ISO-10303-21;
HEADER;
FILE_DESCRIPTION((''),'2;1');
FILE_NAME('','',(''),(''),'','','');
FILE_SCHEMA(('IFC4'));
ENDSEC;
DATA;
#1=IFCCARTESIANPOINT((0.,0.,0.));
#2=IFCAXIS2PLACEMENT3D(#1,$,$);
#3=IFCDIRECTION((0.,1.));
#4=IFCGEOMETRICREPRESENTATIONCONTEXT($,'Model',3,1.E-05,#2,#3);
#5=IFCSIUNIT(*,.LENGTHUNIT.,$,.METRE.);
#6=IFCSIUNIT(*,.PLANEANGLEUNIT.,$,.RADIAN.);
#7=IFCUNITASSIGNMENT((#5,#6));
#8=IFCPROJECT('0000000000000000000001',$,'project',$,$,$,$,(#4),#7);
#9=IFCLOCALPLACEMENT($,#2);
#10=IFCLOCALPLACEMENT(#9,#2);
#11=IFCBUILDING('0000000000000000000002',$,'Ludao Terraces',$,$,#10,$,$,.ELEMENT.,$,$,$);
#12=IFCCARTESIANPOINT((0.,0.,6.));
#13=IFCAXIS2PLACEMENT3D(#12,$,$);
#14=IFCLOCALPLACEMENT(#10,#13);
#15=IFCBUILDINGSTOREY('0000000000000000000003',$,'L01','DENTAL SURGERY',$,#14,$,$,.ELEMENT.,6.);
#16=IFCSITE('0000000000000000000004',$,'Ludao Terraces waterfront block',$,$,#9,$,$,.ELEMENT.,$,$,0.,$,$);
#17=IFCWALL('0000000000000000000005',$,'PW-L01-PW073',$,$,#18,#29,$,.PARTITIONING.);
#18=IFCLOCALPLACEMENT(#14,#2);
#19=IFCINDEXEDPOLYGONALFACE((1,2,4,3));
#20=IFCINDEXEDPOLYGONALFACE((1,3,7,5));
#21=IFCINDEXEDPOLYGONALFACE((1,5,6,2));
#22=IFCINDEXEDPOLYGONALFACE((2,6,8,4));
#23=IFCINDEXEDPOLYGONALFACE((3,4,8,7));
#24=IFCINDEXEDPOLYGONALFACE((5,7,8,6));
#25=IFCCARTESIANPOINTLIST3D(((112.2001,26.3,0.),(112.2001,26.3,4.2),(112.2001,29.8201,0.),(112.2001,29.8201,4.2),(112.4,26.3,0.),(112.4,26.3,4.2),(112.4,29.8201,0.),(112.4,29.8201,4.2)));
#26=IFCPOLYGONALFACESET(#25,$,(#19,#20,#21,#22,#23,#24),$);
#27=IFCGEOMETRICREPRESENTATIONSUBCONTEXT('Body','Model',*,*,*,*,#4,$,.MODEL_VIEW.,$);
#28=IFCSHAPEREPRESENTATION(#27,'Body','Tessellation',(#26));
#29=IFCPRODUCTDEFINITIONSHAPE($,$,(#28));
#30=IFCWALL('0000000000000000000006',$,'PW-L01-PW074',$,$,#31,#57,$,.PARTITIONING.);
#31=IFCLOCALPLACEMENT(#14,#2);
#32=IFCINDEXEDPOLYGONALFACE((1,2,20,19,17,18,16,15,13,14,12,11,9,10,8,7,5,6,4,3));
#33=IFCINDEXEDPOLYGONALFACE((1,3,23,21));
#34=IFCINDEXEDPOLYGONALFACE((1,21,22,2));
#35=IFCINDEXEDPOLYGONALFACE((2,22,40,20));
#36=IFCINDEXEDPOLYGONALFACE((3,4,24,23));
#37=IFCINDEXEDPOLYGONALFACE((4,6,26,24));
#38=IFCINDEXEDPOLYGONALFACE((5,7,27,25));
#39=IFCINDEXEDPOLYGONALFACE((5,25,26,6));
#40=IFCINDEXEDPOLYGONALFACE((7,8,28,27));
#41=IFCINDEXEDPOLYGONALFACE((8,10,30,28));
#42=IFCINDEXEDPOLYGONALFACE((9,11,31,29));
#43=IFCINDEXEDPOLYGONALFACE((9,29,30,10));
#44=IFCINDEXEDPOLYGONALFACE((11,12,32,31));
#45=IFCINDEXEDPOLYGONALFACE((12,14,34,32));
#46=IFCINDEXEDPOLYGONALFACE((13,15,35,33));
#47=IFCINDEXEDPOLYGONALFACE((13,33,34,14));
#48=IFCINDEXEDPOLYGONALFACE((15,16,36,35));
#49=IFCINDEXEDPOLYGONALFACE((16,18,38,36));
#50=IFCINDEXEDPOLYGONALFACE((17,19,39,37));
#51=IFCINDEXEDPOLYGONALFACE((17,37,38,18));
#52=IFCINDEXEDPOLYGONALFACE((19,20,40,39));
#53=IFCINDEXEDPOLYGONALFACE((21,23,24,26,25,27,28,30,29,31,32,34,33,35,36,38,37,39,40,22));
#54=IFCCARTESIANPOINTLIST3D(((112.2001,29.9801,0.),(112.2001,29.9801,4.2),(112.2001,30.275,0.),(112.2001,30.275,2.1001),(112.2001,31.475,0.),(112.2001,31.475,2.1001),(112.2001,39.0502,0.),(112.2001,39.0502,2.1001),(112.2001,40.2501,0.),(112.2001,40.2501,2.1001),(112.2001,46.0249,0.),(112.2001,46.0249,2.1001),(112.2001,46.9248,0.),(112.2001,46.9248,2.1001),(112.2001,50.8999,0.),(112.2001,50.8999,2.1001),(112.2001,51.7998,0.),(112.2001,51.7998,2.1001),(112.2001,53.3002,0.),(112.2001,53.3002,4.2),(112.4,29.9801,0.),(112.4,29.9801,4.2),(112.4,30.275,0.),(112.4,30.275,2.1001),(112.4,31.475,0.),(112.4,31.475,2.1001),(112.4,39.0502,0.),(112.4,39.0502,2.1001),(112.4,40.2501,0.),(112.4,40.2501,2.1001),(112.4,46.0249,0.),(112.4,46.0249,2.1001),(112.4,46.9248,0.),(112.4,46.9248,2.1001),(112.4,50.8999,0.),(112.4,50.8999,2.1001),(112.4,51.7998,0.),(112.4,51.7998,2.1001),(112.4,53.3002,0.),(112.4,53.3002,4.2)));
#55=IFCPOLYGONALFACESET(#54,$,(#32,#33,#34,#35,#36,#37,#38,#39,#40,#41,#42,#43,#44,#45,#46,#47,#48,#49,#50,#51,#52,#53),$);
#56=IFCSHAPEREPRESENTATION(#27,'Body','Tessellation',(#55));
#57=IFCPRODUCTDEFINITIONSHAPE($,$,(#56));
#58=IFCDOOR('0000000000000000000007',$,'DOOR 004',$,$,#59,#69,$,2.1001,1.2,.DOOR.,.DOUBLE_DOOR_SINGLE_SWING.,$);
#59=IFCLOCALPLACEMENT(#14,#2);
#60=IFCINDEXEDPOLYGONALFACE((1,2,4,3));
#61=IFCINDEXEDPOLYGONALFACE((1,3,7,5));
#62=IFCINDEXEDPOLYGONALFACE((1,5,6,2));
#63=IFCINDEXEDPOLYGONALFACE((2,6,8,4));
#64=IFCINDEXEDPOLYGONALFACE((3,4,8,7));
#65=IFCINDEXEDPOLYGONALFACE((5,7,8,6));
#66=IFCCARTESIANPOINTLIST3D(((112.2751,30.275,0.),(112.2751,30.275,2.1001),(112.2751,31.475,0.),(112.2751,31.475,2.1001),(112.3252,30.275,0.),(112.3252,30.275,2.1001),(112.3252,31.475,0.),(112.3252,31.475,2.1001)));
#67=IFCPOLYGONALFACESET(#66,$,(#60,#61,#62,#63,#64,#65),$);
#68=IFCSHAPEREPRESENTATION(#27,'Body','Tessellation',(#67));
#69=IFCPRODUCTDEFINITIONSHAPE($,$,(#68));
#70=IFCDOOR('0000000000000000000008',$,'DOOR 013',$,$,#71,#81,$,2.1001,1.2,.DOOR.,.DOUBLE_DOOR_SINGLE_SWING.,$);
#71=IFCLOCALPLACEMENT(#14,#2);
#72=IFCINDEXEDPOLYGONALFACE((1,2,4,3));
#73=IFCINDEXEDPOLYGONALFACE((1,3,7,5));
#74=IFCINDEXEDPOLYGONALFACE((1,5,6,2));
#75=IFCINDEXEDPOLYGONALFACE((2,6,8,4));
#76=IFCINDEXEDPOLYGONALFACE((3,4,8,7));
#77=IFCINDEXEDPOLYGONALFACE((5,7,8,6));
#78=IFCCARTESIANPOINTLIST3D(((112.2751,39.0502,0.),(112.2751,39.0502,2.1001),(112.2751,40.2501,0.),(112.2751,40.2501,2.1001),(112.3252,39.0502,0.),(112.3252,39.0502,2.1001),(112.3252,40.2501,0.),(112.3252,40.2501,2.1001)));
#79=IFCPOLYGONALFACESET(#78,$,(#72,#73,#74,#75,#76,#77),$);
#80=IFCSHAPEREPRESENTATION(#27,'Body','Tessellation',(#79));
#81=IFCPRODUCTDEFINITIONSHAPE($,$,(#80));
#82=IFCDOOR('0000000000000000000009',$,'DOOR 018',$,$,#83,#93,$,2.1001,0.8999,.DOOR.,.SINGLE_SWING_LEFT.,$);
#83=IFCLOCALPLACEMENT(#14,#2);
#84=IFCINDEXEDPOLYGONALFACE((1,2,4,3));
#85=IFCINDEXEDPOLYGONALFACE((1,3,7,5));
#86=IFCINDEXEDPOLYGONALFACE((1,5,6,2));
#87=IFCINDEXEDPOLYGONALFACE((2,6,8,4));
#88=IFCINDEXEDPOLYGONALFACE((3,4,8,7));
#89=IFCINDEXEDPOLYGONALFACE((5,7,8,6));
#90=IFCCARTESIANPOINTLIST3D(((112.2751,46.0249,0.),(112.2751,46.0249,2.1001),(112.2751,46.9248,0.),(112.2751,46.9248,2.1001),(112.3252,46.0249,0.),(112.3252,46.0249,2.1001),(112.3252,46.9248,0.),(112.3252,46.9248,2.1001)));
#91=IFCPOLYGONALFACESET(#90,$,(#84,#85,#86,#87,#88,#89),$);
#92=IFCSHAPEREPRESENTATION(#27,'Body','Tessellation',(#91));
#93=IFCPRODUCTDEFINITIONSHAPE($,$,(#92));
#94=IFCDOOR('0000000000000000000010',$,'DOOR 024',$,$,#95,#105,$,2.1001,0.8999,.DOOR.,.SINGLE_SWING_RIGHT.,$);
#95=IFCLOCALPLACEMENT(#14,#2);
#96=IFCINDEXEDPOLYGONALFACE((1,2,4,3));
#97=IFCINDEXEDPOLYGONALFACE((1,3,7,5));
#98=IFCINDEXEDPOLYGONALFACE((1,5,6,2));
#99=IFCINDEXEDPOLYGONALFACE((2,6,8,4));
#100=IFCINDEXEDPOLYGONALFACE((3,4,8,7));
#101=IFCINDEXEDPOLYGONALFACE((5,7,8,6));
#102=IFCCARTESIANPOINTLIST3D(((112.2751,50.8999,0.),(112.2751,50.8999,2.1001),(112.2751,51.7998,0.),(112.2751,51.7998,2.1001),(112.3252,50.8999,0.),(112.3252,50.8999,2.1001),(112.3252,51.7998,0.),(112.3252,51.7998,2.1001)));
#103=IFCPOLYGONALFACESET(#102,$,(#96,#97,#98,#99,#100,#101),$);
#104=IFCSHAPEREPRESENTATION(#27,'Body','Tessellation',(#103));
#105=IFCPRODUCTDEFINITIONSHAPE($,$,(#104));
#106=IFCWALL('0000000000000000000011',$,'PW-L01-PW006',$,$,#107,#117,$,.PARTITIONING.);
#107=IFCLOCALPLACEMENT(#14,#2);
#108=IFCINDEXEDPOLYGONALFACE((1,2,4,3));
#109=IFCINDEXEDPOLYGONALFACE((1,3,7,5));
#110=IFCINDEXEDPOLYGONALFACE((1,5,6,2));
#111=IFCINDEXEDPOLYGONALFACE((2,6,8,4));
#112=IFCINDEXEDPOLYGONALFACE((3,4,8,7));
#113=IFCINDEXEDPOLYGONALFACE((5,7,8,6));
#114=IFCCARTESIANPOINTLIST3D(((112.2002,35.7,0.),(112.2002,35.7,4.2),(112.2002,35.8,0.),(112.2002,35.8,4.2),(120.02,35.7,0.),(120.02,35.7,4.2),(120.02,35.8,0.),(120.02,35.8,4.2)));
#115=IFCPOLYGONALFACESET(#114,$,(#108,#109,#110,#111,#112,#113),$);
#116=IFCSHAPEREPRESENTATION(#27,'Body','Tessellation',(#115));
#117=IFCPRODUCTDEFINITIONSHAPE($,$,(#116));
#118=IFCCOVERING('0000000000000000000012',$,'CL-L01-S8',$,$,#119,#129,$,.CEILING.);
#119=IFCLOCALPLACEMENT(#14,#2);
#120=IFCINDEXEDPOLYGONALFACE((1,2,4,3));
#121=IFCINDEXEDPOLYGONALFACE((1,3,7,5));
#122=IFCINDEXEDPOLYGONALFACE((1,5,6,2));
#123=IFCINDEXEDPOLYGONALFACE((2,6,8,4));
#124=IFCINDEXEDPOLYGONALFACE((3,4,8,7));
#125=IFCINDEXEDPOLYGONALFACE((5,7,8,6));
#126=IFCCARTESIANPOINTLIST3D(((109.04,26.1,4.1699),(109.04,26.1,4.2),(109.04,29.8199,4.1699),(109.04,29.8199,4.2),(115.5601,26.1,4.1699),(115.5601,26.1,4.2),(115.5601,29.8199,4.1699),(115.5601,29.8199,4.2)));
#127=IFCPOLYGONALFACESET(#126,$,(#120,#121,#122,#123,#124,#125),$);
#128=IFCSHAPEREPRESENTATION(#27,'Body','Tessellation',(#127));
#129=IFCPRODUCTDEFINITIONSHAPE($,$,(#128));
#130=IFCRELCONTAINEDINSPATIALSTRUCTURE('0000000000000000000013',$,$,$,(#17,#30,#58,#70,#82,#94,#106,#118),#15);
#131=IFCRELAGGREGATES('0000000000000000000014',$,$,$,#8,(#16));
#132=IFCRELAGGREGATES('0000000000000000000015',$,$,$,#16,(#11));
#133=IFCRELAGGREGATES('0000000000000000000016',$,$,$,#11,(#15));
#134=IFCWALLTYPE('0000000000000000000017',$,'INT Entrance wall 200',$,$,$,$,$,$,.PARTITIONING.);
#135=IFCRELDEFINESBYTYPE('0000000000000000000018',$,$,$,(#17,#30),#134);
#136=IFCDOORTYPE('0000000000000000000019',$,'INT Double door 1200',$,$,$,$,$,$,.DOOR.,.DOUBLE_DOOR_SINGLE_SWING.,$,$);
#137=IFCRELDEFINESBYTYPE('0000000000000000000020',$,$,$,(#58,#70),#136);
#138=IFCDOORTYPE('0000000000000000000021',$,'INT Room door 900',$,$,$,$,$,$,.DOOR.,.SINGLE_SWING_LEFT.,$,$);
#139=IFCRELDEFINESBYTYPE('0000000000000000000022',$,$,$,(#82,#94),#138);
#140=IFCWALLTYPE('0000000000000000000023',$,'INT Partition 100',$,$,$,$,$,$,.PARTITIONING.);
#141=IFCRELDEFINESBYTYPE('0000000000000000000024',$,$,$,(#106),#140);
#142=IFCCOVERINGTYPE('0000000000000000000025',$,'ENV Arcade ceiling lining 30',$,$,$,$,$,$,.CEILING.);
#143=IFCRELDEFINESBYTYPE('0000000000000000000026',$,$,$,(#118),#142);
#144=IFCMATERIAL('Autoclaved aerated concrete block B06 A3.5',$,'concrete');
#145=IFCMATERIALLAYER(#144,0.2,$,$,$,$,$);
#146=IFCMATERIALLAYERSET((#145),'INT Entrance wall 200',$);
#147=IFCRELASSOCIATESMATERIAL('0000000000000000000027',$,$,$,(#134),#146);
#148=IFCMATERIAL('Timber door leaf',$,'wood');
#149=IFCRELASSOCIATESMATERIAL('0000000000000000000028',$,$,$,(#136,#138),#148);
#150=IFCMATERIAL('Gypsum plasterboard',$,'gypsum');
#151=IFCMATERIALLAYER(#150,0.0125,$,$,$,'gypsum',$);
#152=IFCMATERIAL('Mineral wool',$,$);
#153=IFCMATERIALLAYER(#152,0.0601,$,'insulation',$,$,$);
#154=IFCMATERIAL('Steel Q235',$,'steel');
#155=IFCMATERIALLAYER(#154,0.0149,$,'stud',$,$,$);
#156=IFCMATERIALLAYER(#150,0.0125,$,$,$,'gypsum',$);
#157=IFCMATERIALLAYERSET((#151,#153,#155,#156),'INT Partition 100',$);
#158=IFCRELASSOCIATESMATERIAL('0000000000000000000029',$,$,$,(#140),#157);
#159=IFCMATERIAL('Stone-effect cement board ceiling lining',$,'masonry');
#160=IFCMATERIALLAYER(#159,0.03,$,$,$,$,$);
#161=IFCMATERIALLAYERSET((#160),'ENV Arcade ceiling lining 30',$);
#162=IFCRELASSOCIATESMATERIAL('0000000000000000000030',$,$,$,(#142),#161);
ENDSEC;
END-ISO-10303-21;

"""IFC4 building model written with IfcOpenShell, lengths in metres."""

from ifc_helpers import new_model, si_unit, direction, frame, frame_2d, origin, origin_2d, place, context, subcontext, project, spatial, rectangle, extrude, material, layer, layer_set, type_object, element, fill, save


model = new_model("IFC4")

# Units and contexts
model_context = context("Model", 3, precision=1e-05, world=origin(), true_north=direction((0.0, 1.0)))
body_context = subcontext(model_context, "Body", "Model", "MODEL_VIEW")
ifc_project = project(units=[si_unit("LENGTHUNIT", "METRE"), si_unit("PLANEANGLEUNIT", "RADIAN")], contexts=[model_context])

# Site, building, storey
site_placement = place(None, origin())
site = spatial("IfcSite", under=ifc_project, at=site_placement, Name="Ludao Terraces waterfront block", CompositionType="ELEMENT", RefElevation=0.0)
building_placement = place(site_placement, origin())
building = spatial("IfcBuilding", under=site, at=building_placement, Name="Ludao Terraces", CompositionType="ELEMENT")
storey_placement = place(building_placement, frame((0.0, 0.0, 6.0)))
storey = spatial("IfcBuildingStorey", under=building, at=storey_placement, Name="L01", Description="DENTAL SURGERY", CompositionType="ELEMENT", Elevation=6.0)

# Shared definitions
ifc_material_1 = material(Name="Autoclaved aerated concrete block B06 A3.5", Category="concrete")
ifc_layer_1 = layer(ifc_material_1, 0.2)
ifc_layer_set_1 = layer_set([ifc_layer_1], Name="INT Entrance wall 200")
wall_type_1 = type_object("IfcWallType", Name="INT Entrance wall 200", PredefinedType="PARTITIONING", material=ifc_layer_set_1)
ifc_material_2 = material(Name="Timber door leaf", Category="wood")
door_type_1 = type_object("IfcDoorType", Name="INT Double door 1200", OperationType="DOUBLE_DOOR_SINGLE_SWING", PredefinedType="DOOR", material=ifc_material_2)
door_type_2 = type_object("IfcDoorType", Name="INT Room door 900", OperationType="SINGLE_SWING_LEFT", PredefinedType="DOOR", material=ifc_material_2)

# Wall
wall_1_placement = place(storey_placement, frame((112.3, 26.3, 0.0), z_axis=(0.0, 0.0, 1.0), x_axis=(0.0, 1.0, 0.0)))
element("IfcWall", 1, at=wall_1_placement, inside=storey, type_object=wall_type_1, Name="PW-L01-PW073", PredefinedType="PARTITIONING", context=body_context, shape_type="SweptSolid", body=[
    extrude(rectangle(XDim=3.52, YDim=0.2, at=frame_2d((1.76, 0.0))), origin(), (0.0, 0.0, 1.0), 4.2),
])

# Wall, openings, doors
wall_2_placement = place(storey_placement, frame((112.3, 29.98, 0.0), z_axis=(0.0, 0.0, 1.0), x_axis=(0.0, 1.0, 0.0)))
wall_2 = element("IfcWall", 2, at=wall_2_placement, inside=storey, type_object=wall_type_1, Name="PW-L01-PW074", PredefinedType="PARTITIONING", context=body_context, shape_type="SweptSolid", body=[
    extrude(rectangle(XDim=23.3201, YDim=0.2, at=frame_2d((11.6602, 0.0))), origin(), (0.0, 0.0, 1.0), 4.2),
])
opening_1_placement = place(wall_2_placement, frame((0.2949, 0.0, 0.0)))
opening_1 = element("IfcOpeningElement", 3, at=opening_1_placement, cuts=wall_2, PredefinedType="OPENING", context=body_context, shape_type="SweptSolid", body=[
    extrude(rectangle(XDim=1.2, YDim=2.1001, at=frame_2d((0.6001, 1.05))), frame((0.0, 0.1099, 0.0), z_axis=(0.0, -1.0, 0.0), x_axis=(1.0, 0.0, 0.0)), (0.0, 0.0, 1.0), 0.22),
])
opening_2_placement = place(wall_2_placement, frame((9.0701, 0.0, 0.0)))
opening_2 = element("IfcOpeningElement", 4, at=opening_2_placement, cuts=wall_2, PredefinedType="OPENING", context=body_context, shape_type="SweptSolid", body=[
    extrude(rectangle(XDim=1.2, YDim=2.1001, at=frame_2d((0.6001, 1.05))), frame((0.0, 0.1099, 0.0), z_axis=(0.0, -1.0, 0.0), x_axis=(1.0, 0.0, 0.0)), (0.0, 0.0, 1.0), 0.22),
])
opening_3_placement = place(wall_2_placement, frame((16.0449, 0.0, 0.0)))
opening_3 = element("IfcOpeningElement", 5, at=opening_3_placement, cuts=wall_2, PredefinedType="OPENING", context=body_context, shape_type="SweptSolid", body=[
    extrude(rectangle(XDim=0.8999, YDim=2.1001, at=frame_2d((0.45, 1.05))), frame((0.0, 0.1099, 0.0), z_axis=(0.0, -1.0, 0.0), x_axis=(1.0, 0.0, 0.0)), (0.0, 0.0, 1.0), 0.22),
])
opening_4_placement = place(wall_2_placement, frame((20.9199, 0.0, 0.0)))
opening_4 = element("IfcOpeningElement", 6, at=opening_4_placement, cuts=wall_2, PredefinedType="OPENING", context=body_context, shape_type="SweptSolid", body=[
    extrude(rectangle(XDim=0.8999, YDim=2.1001, at=frame_2d((0.45, 1.05))), frame((0.0, 0.1099, 0.0), z_axis=(0.0, -1.0, 0.0), x_axis=(1.0, 0.0, 0.0)), (0.0, 0.0, 1.0), 0.22),
])
door_1_placement = place(opening_1_placement, origin())
door_1 = element("IfcDoor", 7, at=door_1_placement, inside=storey, type_object=door_type_1, Name="DOOR 004", OperationType="DOUBLE_DOOR_SINGLE_SWING", OverallHeight=2.1001, OverallWidth=1.2, PredefinedType="DOOR", context=body_context, shape_type="SweptSolid", body=[
    extrude(rectangle(XDim=1.2, YDim=2.1001, at=frame_2d((0.6001, 1.05))), frame((0.0, 0.0249, 0.0), z_axis=(0.0, -1.0, 0.0), x_axis=(1.0, 0.0, 0.0)), (0.0, 0.0, 1.0), 0.05),
])
fill(opening_1, door_1)
door_2_placement = place(opening_2_placement, origin())
door_2 = element("IfcDoor", 8, at=door_2_placement, inside=storey, type_object=door_type_1, Name="DOOR 013", OperationType="DOUBLE_DOOR_SINGLE_SWING", OverallHeight=2.1001, OverallWidth=1.2, PredefinedType="DOOR", context=body_context, shape_type="SweptSolid", body=[
    extrude(rectangle(XDim=1.2, YDim=2.1001, at=frame_2d((0.6001, 1.05))), frame((0.0, 0.0249, 0.0), z_axis=(0.0, -1.0, 0.0), x_axis=(1.0, 0.0, 0.0)), (0.0, 0.0, 1.0), 0.05),
])
fill(opening_2, door_2)
door_3_placement = place(opening_3_placement, origin())
door_3 = element("IfcDoor", 9, at=door_3_placement, inside=storey, type_object=door_type_2, Name="DOOR 018", OperationType="SINGLE_SWING_LEFT", OverallHeight=2.1001, OverallWidth=0.8999, PredefinedType="DOOR", context=body_context, shape_type="SweptSolid", body=[
    extrude(rectangle(XDim=0.8999, YDim=2.1001, at=frame_2d((0.45, 1.05))), frame((0.0, 0.0249, 0.0), z_axis=(0.0, -1.0, 0.0), x_axis=(1.0, 0.0, 0.0)), (0.0, 0.0, 1.0), 0.05),
])
fill(opening_3, door_3)
door_4_placement = place(opening_4_placement, origin())
door_4 = element("IfcDoor", 10, at=door_4_placement, inside=storey, type_object=door_type_2, Name="DOOR 024", OperationType="SINGLE_SWING_RIGHT", OverallHeight=2.1001, OverallWidth=0.8999, PredefinedType="DOOR", context=body_context, shape_type="SweptSolid", body=[
    extrude(rectangle(XDim=0.8999, YDim=2.1001, at=frame_2d((0.45, 1.05))), frame((0.0, 0.0249, 0.0), z_axis=(0.0, -1.0, 0.0), x_axis=(1.0, 0.0, 0.0)), (0.0, 0.0, 1.0), 0.05),
])
fill(opening_4, door_4)

# Wall
ifc_material_3 = material(Name="Gypsum plasterboard", Category="gypsum")
ifc_layer_2 = layer(ifc_material_3, 0.0125, Category="gypsum")
ifc_material_4 = material(Name="Mineral wool")
ifc_layer_3 = layer(ifc_material_4, 0.0601, Name="insulation")
ifc_material_5 = material(Name="Steel Q235", Category="steel")
ifc_layer_4 = layer(ifc_material_5, 0.0149, Name="stud")
ifc_layer_5 = layer(ifc_material_3, 0.0125, Category="gypsum")
ifc_layer_set_2 = layer_set([ifc_layer_2, ifc_layer_3, ifc_layer_4, ifc_layer_5], Name="INT Partition 100")
wall_type_2 = type_object("IfcWallType", Name="INT Partition 100", PredefinedType="PARTITIONING", material=ifc_layer_set_2)
wall_3_placement = place(storey_placement, frame((112.2002, 35.75, 0.0), z_axis=(0.0, 0.0, 1.0), x_axis=(1.0, 0.0, 0.0)))
element("IfcWall", 11, at=wall_3_placement, inside=storey, type_object=wall_type_2, Name="PW-L01-PW006", PredefinedType="PARTITIONING", context=body_context, shape_type="SweptSolid", body=[
    extrude(rectangle(XDim=7.8198, YDim=0.1001, at=frame_2d((3.9099, 0.0))), origin(), (0.0, 0.0, 1.0), 4.2),
])

# Covering
ifc_material_6 = material(Name="Stone-effect cement board ceiling lining", Category="masonry")
ifc_layer_6 = layer(ifc_material_6, 0.03)
ifc_layer_set_3 = layer_set([ifc_layer_6], Name="ENV Arcade ceiling lining 30")
covering_type = type_object("IfcCoveringType", Name="ENV Arcade ceiling lining 30", PredefinedType="CEILING", material=ifc_layer_set_3)
covering_placement = place(storey_placement, frame((112.3, 27.96, 4.1699), z_axis=(0.0, 0.0, 1.0), x_axis=(1.0, 0.0, 0.0)))
element("IfcCovering", 12, at=covering_placement, inside=storey, type_object=covering_type, Name="CL-L01-S8", PredefinedType="CEILING", context=body_context, shape_type="SweptSolid", body=[
    extrude(rectangle(XDim=6.52, YDim=3.72, at=origin_2d()), origin(), (0.0, 0.0, 1.0), 0.03),
])

save(model, "model.ifc")
